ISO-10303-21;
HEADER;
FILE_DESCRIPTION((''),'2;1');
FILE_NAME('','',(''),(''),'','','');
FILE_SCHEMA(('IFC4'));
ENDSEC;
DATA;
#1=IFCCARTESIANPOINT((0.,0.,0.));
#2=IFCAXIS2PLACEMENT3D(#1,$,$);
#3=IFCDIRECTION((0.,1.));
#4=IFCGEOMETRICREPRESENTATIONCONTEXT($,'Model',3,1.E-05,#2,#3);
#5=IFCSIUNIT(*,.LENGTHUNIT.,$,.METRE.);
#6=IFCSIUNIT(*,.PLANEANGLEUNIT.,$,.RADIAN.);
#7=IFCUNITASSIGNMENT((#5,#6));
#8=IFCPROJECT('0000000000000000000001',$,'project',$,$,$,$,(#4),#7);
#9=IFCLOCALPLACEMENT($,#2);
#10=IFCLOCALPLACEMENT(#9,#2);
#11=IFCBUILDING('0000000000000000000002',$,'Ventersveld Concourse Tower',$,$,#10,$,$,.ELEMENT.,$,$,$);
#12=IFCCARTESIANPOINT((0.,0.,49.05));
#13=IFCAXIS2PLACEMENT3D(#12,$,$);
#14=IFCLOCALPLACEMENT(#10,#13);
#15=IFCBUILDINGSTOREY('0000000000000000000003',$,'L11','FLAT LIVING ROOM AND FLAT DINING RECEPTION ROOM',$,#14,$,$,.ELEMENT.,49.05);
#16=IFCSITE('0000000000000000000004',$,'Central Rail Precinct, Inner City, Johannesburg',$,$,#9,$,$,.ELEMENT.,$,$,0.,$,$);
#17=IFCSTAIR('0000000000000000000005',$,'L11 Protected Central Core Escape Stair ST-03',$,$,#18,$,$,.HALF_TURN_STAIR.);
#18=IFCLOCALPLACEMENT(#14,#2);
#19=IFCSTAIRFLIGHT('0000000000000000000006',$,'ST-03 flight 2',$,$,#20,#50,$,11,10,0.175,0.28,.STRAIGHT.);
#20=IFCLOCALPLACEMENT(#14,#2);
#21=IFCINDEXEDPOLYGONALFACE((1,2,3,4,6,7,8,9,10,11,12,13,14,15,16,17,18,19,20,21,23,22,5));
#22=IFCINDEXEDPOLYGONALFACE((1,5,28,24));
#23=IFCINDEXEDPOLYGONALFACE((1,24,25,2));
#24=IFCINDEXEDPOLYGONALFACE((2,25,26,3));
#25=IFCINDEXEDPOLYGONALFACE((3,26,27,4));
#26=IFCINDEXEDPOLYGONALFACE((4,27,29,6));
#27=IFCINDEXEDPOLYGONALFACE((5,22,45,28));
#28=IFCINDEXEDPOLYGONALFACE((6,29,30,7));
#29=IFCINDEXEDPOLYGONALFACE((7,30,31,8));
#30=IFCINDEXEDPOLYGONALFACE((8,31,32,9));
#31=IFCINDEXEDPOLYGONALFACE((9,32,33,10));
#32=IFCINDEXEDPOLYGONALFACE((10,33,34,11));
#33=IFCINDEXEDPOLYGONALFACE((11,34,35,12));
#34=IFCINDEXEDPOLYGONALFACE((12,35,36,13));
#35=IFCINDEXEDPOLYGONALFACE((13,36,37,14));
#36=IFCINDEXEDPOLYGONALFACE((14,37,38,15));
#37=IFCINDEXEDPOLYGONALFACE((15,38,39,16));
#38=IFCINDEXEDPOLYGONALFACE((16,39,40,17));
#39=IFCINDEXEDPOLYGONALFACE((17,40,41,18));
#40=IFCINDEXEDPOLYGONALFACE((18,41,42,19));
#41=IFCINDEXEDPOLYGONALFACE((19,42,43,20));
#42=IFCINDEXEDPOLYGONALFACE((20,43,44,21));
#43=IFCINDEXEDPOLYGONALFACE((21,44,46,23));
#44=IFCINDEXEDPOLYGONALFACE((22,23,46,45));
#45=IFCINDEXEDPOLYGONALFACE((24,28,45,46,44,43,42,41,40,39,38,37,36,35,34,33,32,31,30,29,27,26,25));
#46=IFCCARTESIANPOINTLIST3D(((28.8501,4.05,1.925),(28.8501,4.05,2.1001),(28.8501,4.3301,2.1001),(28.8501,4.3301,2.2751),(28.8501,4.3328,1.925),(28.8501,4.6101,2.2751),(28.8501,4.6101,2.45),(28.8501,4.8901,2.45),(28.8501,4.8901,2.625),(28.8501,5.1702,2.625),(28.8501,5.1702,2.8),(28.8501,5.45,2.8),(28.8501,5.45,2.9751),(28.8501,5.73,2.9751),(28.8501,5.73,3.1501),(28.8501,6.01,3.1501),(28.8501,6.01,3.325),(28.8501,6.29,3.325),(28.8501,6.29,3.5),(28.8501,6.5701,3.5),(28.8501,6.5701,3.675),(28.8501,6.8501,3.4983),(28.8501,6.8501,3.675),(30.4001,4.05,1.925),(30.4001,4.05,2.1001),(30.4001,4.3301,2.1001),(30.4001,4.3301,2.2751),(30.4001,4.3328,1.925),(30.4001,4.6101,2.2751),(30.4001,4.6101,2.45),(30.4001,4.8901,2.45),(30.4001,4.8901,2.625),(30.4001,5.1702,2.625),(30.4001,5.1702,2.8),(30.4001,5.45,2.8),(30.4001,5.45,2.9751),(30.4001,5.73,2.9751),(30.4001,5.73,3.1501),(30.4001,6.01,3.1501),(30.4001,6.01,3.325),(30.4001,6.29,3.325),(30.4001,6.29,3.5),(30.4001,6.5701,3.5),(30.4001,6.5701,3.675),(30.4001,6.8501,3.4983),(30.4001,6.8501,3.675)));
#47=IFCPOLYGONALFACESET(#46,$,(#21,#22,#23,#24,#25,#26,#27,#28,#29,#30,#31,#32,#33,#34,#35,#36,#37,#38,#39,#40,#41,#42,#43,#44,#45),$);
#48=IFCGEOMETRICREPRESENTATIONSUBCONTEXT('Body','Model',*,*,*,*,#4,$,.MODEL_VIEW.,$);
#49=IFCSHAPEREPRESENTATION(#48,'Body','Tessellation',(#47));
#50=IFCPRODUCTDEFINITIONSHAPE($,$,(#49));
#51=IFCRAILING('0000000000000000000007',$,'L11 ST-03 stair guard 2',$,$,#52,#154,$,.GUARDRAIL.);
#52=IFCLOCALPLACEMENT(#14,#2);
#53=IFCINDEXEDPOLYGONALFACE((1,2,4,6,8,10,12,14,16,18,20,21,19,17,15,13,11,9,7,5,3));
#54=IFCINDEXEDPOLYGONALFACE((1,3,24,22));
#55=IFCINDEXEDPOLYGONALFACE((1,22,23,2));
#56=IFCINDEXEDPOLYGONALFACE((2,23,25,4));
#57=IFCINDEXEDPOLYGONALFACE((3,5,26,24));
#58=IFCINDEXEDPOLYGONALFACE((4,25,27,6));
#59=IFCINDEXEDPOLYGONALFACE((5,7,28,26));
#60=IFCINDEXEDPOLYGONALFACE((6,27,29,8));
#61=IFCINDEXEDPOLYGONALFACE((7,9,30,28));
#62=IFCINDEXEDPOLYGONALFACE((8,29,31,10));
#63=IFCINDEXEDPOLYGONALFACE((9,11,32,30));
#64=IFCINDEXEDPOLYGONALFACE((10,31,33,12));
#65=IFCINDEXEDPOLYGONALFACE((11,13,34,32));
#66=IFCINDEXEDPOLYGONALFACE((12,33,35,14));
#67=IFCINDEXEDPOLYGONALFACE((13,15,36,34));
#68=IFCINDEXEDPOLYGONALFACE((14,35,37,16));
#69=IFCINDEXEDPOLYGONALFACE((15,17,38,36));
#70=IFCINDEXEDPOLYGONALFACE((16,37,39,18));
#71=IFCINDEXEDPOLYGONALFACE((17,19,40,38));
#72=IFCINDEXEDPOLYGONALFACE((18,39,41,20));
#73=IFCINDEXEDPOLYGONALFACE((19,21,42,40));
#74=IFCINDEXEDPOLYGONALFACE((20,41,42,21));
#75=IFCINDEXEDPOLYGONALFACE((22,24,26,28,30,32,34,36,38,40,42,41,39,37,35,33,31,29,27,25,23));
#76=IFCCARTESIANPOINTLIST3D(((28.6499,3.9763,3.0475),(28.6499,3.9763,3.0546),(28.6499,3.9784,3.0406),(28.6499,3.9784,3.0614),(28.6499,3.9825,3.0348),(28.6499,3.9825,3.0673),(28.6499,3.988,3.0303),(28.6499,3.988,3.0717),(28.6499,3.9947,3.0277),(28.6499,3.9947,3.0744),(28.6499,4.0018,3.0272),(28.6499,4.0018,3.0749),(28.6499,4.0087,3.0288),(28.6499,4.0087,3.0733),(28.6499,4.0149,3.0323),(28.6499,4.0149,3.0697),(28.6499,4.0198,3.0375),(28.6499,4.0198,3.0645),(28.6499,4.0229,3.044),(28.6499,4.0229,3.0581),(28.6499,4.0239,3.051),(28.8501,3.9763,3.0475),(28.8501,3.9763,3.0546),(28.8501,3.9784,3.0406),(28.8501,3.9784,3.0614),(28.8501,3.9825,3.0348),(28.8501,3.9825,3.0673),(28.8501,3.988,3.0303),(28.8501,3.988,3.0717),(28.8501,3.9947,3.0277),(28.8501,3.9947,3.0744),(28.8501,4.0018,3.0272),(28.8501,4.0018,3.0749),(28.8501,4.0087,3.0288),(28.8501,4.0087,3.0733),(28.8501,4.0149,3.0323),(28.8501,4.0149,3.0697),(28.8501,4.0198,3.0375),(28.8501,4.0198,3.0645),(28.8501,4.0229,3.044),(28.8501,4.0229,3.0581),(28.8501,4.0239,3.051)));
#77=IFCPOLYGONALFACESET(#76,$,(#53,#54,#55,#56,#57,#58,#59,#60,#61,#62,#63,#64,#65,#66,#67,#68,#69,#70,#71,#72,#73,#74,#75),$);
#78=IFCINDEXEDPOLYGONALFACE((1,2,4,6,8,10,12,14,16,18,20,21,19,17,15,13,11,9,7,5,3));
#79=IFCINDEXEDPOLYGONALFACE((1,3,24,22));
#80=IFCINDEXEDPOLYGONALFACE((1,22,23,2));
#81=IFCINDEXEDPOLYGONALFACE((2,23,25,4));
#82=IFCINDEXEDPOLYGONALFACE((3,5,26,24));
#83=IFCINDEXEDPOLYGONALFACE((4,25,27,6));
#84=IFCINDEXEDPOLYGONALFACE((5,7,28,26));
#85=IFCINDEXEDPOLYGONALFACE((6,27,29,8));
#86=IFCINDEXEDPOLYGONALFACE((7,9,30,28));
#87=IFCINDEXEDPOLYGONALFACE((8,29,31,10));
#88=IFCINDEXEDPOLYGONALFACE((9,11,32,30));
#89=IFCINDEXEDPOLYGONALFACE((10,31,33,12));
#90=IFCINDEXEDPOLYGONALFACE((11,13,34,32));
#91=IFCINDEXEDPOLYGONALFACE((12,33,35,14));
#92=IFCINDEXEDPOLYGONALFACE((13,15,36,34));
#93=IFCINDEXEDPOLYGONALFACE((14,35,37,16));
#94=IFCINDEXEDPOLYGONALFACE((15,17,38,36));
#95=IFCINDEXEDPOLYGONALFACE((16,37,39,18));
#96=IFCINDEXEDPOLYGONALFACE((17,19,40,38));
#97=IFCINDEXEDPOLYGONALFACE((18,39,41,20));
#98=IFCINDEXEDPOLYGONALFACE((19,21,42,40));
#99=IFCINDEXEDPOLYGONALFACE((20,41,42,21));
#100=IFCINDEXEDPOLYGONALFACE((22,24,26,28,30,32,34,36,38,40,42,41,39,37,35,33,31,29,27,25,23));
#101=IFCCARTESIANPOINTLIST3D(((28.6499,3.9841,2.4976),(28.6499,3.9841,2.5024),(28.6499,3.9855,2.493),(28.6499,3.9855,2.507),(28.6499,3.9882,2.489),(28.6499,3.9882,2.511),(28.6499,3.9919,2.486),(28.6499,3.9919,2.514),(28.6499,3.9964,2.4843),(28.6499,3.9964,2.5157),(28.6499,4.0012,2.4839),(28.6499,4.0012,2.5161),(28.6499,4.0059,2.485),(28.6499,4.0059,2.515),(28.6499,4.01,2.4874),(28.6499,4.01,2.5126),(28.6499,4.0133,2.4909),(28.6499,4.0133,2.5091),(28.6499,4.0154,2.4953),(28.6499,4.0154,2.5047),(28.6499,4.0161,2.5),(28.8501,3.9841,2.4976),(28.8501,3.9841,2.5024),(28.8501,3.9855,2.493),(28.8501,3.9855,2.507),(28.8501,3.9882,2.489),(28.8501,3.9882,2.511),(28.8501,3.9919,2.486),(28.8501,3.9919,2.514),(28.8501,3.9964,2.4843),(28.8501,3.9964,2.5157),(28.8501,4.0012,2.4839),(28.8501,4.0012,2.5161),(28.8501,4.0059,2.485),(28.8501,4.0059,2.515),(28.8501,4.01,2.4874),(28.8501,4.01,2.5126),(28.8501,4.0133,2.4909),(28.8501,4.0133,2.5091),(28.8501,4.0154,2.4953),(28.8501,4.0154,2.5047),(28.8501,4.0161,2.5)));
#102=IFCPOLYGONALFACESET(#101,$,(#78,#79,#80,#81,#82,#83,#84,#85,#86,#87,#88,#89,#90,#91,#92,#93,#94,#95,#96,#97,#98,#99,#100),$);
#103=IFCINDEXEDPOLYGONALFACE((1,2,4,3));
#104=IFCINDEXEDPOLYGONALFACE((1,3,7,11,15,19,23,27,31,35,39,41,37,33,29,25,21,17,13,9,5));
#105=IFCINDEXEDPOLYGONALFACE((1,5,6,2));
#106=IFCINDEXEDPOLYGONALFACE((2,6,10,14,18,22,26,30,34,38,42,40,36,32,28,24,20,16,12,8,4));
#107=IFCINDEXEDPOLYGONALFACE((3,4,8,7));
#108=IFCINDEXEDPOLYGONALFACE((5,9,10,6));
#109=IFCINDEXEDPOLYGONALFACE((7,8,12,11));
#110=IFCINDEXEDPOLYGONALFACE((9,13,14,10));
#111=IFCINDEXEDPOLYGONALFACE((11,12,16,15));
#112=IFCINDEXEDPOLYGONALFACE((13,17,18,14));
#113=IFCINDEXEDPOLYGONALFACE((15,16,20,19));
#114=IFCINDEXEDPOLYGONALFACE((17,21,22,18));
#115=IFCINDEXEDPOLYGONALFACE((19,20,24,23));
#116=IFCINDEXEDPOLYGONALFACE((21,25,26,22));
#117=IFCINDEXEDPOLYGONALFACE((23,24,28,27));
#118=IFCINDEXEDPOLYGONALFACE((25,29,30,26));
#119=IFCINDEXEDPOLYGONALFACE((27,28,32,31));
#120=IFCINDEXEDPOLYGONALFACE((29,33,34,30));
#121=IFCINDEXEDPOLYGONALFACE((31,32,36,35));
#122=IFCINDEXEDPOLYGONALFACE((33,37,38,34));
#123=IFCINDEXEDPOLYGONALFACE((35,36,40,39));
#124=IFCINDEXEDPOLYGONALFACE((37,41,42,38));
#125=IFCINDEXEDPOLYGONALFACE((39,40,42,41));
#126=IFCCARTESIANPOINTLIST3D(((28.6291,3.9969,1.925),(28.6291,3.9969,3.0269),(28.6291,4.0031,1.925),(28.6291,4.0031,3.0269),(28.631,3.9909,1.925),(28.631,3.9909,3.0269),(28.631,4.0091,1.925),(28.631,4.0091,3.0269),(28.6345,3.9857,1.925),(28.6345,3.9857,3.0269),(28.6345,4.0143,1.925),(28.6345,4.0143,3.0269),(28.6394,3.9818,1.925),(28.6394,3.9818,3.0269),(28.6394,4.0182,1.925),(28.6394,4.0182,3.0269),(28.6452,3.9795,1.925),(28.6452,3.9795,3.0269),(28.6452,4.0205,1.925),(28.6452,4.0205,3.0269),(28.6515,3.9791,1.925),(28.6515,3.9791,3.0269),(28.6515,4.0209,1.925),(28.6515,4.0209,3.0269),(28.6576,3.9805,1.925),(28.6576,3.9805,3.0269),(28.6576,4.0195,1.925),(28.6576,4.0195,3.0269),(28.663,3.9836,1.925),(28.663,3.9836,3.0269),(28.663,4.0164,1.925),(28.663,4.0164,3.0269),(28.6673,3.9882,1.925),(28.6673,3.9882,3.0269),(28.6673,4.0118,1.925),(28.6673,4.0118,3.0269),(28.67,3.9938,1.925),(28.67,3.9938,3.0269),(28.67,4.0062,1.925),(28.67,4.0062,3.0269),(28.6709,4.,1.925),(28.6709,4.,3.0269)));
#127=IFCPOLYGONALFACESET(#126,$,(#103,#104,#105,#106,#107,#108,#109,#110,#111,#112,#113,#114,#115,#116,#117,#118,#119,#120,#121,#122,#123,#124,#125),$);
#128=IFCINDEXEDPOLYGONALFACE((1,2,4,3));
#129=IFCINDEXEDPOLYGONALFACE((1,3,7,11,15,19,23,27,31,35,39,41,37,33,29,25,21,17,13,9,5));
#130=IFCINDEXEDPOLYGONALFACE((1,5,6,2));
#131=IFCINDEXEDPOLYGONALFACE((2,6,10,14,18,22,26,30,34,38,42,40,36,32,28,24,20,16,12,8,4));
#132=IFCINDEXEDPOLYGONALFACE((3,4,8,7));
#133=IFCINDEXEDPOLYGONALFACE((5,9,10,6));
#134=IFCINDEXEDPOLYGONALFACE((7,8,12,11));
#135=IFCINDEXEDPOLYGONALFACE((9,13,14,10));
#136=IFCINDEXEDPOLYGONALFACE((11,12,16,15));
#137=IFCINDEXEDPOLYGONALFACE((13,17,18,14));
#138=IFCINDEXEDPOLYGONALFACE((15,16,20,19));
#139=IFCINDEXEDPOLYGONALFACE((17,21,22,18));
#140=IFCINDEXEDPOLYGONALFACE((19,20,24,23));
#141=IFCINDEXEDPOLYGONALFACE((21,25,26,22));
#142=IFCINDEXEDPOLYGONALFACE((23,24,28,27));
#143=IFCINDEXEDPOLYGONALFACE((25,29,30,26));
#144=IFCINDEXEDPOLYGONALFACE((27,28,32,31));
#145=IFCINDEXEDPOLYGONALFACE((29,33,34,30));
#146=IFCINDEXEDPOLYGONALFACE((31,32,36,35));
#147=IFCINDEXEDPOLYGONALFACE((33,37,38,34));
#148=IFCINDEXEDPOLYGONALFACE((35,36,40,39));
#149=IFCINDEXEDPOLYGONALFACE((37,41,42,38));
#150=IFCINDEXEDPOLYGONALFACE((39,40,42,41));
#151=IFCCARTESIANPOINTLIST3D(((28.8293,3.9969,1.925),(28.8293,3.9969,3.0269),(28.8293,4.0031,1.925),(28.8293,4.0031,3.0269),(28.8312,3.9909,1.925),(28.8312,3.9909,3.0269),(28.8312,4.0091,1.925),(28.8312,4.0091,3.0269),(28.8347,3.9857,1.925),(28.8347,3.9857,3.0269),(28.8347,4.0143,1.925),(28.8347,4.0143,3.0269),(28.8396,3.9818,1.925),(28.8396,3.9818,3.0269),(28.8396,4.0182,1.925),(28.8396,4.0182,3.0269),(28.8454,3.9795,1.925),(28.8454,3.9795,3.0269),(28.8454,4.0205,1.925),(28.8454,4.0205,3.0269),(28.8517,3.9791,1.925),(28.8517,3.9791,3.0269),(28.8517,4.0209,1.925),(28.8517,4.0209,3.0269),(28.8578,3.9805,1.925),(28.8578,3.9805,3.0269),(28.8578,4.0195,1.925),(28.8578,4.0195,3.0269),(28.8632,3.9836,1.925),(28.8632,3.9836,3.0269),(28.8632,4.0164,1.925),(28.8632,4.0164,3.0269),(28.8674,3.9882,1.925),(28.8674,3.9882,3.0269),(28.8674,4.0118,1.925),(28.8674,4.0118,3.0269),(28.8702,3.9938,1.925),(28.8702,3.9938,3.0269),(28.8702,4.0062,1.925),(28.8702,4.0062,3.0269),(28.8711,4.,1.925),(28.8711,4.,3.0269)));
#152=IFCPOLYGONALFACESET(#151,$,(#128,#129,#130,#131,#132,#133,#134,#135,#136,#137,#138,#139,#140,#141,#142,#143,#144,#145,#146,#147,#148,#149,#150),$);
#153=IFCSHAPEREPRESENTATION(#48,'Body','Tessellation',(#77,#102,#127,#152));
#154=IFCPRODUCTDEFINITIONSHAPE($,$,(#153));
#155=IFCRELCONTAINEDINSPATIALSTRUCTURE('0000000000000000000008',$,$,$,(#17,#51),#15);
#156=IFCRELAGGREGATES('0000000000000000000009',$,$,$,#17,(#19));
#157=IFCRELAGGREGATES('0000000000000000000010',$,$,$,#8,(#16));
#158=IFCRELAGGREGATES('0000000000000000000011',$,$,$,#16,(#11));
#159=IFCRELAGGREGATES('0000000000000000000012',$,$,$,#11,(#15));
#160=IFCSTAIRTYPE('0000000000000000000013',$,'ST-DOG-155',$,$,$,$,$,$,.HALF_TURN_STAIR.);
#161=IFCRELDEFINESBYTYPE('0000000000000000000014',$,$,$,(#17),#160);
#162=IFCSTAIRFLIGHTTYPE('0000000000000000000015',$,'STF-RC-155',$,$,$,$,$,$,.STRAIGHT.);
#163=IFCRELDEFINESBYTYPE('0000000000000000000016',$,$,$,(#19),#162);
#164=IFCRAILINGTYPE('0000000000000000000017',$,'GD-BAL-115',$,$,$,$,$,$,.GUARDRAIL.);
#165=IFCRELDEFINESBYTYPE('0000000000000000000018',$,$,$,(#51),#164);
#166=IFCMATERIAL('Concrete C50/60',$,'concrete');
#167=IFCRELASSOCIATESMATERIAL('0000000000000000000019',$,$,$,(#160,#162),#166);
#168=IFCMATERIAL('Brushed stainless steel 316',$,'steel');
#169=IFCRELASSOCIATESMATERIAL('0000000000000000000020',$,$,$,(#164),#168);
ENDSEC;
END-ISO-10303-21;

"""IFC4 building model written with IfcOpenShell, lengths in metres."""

from ifc_helpers import new_model, si_unit, direction, frame, origin, origin_2d, place, context, subcontext, project, spatial, polyline, circle, outline, extrude, material, type_object, element, aggregate, save


model = new_model("IFC4")

# Units and contexts
model_context = context("Model", 3, precision=1e-05, world=origin(), true_north=direction((0.0, 1.0)))
body_context = subcontext(model_context, "Body", "Model", "MODEL_VIEW")
ifc_project = project(units=[si_unit("LENGTHUNIT", "METRE"), si_unit("PLANEANGLEUNIT", "RADIAN")], contexts=[model_context])

# Site, building, storey
site_placement = place(None, origin())
site = spatial("IfcSite", under=ifc_project, at=site_placement, Name="Central Rail Precinct, Inner City, Johannesburg", CompositionType="ELEMENT", RefElevation=0.0)
building_placement = place(site_placement, origin())
building = spatial("IfcBuilding", under=site, at=building_placement, Name="Ventersveld Concourse Tower", CompositionType="ELEMENT")
storey_placement = place(building_placement, frame((0.0, 0.0, 49.05)))
storey = spatial("IfcBuildingStorey", under=building, at=storey_placement, Name="L11", Description="FLAT LIVING ROOM AND FLAT DINING RECEPTION ROOM", CompositionType="ELEMENT", Elevation=49.05)

# Shared definitions
ifc_material_1 = material(Name="Concrete C50/60", Category="concrete")

# Stair, stair flight
stair_type = type_object("IfcStairType", Name="ST-DOG-155", PredefinedType="HALF_TURN_STAIR", material=ifc_material_1)
stair_placement = place(storey_placement, origin())
stair = element("IfcStair", 1, at=stair_placement, inside=storey, type_object=stair_type, Name="L11 Protected Central Core Escape Stair ST-03", PredefinedType="HALF_TURN_STAIR")
stair_flight_type = type_object("IfcStairFlightType", Name="STF-RC-155", PredefinedType="STRAIGHT", material=ifc_material_1)
stair_flight_placement = place(storey_placement, frame((29.625, 4.05, 1.925), z_axis=(0.0, 0.0, 1.0), x_axis=(0.0, 1.0, 0.0)))
stair_flight = element("IfcStairFlight", 2, at=stair_flight_placement, type_object=stair_flight_type, Name="ST-03 flight 2", NumberOfRisers=11, NumberOfTreads=10, PredefinedType="STRAIGHT", RiserHeight=0.175, TreadLength=0.28, context=body_context, shape_type="SweptSolid", body=[
    extrude(outline(polyline([(0.0, 0.0), (0.0, 0.175), (0.28, 0.175), (0.28, 0.3501), (0.5601, 0.3501), (0.5601, 0.5249), (0.8401, 0.5249), (0.8401, 0.7), (1.1201, 0.7), (1.1201, 0.875), (1.3999, 0.875), (1.3999, 1.05), (1.6799, 1.05), (1.6799, 1.2251), (1.96, 1.2251), (1.96, 1.3999), (2.24, 1.3999), (2.24, 1.575), (2.52, 1.575), (2.52, 1.75), (2.8, 1.75), (2.8, 1.925), (2.8, 1.5732), (0.2827, 0.0), (0.0, 0.0)])), frame((0.0, 0.7749, 0.0), z_axis=(0.0, -1.0, 0.0), x_axis=(1.0, 0.0, 0.0)), (0.0, 0.0, 1.0), 1.55),
])
aggregate(stair, [stair_flight])

# Railing
ifc_material_2 = material(Name="Brushed stainless steel 316", Category="steel")
railing_type_1 = type_object("IfcRailingType", Name="GD-BAL-115", PredefinedType="GUARDRAIL", material=ifc_material_2)
railing_1_placement = place(storey_placement, frame((28.6499, 4.0, 1.925)))
element("IfcRailing", 3, at=railing_1_placement, inside=storey, type_object=railing_type_1, Name="L11 ST-03 stair guard 2", PredefinedType="GUARDRAIL", context=body_context, shape_type="SweptSolid", body=[
    extrude(circle(Radius=0.0239, at=origin_2d()), frame((0.0, 0.0, 1.126), z_axis=(1.0, 0.0, 0.0), x_axis=(0.0, 1.0, 0.0)), (0.0, 0.0, 1.0), 0.2002),
    extrude(circle(Radius=0.0161, at=origin_2d()), frame((0.0, 0.0, 0.575), z_axis=(1.0, 0.0, 0.0), x_axis=(0.0, 1.0, 0.0)), (0.0, 0.0, 1.0), 0.2002),
    extrude(circle(Radius=0.021, at=origin_2d()), origin(), (0.0, 0.0, 1.0), 1.1018),
    extrude(circle(Radius=0.021, at=origin_2d()), frame((0.2002, 0.0, 0.0)), (0.0, 0.0, 1.0), 1.1018),
])

save(model, "model.ifc")
